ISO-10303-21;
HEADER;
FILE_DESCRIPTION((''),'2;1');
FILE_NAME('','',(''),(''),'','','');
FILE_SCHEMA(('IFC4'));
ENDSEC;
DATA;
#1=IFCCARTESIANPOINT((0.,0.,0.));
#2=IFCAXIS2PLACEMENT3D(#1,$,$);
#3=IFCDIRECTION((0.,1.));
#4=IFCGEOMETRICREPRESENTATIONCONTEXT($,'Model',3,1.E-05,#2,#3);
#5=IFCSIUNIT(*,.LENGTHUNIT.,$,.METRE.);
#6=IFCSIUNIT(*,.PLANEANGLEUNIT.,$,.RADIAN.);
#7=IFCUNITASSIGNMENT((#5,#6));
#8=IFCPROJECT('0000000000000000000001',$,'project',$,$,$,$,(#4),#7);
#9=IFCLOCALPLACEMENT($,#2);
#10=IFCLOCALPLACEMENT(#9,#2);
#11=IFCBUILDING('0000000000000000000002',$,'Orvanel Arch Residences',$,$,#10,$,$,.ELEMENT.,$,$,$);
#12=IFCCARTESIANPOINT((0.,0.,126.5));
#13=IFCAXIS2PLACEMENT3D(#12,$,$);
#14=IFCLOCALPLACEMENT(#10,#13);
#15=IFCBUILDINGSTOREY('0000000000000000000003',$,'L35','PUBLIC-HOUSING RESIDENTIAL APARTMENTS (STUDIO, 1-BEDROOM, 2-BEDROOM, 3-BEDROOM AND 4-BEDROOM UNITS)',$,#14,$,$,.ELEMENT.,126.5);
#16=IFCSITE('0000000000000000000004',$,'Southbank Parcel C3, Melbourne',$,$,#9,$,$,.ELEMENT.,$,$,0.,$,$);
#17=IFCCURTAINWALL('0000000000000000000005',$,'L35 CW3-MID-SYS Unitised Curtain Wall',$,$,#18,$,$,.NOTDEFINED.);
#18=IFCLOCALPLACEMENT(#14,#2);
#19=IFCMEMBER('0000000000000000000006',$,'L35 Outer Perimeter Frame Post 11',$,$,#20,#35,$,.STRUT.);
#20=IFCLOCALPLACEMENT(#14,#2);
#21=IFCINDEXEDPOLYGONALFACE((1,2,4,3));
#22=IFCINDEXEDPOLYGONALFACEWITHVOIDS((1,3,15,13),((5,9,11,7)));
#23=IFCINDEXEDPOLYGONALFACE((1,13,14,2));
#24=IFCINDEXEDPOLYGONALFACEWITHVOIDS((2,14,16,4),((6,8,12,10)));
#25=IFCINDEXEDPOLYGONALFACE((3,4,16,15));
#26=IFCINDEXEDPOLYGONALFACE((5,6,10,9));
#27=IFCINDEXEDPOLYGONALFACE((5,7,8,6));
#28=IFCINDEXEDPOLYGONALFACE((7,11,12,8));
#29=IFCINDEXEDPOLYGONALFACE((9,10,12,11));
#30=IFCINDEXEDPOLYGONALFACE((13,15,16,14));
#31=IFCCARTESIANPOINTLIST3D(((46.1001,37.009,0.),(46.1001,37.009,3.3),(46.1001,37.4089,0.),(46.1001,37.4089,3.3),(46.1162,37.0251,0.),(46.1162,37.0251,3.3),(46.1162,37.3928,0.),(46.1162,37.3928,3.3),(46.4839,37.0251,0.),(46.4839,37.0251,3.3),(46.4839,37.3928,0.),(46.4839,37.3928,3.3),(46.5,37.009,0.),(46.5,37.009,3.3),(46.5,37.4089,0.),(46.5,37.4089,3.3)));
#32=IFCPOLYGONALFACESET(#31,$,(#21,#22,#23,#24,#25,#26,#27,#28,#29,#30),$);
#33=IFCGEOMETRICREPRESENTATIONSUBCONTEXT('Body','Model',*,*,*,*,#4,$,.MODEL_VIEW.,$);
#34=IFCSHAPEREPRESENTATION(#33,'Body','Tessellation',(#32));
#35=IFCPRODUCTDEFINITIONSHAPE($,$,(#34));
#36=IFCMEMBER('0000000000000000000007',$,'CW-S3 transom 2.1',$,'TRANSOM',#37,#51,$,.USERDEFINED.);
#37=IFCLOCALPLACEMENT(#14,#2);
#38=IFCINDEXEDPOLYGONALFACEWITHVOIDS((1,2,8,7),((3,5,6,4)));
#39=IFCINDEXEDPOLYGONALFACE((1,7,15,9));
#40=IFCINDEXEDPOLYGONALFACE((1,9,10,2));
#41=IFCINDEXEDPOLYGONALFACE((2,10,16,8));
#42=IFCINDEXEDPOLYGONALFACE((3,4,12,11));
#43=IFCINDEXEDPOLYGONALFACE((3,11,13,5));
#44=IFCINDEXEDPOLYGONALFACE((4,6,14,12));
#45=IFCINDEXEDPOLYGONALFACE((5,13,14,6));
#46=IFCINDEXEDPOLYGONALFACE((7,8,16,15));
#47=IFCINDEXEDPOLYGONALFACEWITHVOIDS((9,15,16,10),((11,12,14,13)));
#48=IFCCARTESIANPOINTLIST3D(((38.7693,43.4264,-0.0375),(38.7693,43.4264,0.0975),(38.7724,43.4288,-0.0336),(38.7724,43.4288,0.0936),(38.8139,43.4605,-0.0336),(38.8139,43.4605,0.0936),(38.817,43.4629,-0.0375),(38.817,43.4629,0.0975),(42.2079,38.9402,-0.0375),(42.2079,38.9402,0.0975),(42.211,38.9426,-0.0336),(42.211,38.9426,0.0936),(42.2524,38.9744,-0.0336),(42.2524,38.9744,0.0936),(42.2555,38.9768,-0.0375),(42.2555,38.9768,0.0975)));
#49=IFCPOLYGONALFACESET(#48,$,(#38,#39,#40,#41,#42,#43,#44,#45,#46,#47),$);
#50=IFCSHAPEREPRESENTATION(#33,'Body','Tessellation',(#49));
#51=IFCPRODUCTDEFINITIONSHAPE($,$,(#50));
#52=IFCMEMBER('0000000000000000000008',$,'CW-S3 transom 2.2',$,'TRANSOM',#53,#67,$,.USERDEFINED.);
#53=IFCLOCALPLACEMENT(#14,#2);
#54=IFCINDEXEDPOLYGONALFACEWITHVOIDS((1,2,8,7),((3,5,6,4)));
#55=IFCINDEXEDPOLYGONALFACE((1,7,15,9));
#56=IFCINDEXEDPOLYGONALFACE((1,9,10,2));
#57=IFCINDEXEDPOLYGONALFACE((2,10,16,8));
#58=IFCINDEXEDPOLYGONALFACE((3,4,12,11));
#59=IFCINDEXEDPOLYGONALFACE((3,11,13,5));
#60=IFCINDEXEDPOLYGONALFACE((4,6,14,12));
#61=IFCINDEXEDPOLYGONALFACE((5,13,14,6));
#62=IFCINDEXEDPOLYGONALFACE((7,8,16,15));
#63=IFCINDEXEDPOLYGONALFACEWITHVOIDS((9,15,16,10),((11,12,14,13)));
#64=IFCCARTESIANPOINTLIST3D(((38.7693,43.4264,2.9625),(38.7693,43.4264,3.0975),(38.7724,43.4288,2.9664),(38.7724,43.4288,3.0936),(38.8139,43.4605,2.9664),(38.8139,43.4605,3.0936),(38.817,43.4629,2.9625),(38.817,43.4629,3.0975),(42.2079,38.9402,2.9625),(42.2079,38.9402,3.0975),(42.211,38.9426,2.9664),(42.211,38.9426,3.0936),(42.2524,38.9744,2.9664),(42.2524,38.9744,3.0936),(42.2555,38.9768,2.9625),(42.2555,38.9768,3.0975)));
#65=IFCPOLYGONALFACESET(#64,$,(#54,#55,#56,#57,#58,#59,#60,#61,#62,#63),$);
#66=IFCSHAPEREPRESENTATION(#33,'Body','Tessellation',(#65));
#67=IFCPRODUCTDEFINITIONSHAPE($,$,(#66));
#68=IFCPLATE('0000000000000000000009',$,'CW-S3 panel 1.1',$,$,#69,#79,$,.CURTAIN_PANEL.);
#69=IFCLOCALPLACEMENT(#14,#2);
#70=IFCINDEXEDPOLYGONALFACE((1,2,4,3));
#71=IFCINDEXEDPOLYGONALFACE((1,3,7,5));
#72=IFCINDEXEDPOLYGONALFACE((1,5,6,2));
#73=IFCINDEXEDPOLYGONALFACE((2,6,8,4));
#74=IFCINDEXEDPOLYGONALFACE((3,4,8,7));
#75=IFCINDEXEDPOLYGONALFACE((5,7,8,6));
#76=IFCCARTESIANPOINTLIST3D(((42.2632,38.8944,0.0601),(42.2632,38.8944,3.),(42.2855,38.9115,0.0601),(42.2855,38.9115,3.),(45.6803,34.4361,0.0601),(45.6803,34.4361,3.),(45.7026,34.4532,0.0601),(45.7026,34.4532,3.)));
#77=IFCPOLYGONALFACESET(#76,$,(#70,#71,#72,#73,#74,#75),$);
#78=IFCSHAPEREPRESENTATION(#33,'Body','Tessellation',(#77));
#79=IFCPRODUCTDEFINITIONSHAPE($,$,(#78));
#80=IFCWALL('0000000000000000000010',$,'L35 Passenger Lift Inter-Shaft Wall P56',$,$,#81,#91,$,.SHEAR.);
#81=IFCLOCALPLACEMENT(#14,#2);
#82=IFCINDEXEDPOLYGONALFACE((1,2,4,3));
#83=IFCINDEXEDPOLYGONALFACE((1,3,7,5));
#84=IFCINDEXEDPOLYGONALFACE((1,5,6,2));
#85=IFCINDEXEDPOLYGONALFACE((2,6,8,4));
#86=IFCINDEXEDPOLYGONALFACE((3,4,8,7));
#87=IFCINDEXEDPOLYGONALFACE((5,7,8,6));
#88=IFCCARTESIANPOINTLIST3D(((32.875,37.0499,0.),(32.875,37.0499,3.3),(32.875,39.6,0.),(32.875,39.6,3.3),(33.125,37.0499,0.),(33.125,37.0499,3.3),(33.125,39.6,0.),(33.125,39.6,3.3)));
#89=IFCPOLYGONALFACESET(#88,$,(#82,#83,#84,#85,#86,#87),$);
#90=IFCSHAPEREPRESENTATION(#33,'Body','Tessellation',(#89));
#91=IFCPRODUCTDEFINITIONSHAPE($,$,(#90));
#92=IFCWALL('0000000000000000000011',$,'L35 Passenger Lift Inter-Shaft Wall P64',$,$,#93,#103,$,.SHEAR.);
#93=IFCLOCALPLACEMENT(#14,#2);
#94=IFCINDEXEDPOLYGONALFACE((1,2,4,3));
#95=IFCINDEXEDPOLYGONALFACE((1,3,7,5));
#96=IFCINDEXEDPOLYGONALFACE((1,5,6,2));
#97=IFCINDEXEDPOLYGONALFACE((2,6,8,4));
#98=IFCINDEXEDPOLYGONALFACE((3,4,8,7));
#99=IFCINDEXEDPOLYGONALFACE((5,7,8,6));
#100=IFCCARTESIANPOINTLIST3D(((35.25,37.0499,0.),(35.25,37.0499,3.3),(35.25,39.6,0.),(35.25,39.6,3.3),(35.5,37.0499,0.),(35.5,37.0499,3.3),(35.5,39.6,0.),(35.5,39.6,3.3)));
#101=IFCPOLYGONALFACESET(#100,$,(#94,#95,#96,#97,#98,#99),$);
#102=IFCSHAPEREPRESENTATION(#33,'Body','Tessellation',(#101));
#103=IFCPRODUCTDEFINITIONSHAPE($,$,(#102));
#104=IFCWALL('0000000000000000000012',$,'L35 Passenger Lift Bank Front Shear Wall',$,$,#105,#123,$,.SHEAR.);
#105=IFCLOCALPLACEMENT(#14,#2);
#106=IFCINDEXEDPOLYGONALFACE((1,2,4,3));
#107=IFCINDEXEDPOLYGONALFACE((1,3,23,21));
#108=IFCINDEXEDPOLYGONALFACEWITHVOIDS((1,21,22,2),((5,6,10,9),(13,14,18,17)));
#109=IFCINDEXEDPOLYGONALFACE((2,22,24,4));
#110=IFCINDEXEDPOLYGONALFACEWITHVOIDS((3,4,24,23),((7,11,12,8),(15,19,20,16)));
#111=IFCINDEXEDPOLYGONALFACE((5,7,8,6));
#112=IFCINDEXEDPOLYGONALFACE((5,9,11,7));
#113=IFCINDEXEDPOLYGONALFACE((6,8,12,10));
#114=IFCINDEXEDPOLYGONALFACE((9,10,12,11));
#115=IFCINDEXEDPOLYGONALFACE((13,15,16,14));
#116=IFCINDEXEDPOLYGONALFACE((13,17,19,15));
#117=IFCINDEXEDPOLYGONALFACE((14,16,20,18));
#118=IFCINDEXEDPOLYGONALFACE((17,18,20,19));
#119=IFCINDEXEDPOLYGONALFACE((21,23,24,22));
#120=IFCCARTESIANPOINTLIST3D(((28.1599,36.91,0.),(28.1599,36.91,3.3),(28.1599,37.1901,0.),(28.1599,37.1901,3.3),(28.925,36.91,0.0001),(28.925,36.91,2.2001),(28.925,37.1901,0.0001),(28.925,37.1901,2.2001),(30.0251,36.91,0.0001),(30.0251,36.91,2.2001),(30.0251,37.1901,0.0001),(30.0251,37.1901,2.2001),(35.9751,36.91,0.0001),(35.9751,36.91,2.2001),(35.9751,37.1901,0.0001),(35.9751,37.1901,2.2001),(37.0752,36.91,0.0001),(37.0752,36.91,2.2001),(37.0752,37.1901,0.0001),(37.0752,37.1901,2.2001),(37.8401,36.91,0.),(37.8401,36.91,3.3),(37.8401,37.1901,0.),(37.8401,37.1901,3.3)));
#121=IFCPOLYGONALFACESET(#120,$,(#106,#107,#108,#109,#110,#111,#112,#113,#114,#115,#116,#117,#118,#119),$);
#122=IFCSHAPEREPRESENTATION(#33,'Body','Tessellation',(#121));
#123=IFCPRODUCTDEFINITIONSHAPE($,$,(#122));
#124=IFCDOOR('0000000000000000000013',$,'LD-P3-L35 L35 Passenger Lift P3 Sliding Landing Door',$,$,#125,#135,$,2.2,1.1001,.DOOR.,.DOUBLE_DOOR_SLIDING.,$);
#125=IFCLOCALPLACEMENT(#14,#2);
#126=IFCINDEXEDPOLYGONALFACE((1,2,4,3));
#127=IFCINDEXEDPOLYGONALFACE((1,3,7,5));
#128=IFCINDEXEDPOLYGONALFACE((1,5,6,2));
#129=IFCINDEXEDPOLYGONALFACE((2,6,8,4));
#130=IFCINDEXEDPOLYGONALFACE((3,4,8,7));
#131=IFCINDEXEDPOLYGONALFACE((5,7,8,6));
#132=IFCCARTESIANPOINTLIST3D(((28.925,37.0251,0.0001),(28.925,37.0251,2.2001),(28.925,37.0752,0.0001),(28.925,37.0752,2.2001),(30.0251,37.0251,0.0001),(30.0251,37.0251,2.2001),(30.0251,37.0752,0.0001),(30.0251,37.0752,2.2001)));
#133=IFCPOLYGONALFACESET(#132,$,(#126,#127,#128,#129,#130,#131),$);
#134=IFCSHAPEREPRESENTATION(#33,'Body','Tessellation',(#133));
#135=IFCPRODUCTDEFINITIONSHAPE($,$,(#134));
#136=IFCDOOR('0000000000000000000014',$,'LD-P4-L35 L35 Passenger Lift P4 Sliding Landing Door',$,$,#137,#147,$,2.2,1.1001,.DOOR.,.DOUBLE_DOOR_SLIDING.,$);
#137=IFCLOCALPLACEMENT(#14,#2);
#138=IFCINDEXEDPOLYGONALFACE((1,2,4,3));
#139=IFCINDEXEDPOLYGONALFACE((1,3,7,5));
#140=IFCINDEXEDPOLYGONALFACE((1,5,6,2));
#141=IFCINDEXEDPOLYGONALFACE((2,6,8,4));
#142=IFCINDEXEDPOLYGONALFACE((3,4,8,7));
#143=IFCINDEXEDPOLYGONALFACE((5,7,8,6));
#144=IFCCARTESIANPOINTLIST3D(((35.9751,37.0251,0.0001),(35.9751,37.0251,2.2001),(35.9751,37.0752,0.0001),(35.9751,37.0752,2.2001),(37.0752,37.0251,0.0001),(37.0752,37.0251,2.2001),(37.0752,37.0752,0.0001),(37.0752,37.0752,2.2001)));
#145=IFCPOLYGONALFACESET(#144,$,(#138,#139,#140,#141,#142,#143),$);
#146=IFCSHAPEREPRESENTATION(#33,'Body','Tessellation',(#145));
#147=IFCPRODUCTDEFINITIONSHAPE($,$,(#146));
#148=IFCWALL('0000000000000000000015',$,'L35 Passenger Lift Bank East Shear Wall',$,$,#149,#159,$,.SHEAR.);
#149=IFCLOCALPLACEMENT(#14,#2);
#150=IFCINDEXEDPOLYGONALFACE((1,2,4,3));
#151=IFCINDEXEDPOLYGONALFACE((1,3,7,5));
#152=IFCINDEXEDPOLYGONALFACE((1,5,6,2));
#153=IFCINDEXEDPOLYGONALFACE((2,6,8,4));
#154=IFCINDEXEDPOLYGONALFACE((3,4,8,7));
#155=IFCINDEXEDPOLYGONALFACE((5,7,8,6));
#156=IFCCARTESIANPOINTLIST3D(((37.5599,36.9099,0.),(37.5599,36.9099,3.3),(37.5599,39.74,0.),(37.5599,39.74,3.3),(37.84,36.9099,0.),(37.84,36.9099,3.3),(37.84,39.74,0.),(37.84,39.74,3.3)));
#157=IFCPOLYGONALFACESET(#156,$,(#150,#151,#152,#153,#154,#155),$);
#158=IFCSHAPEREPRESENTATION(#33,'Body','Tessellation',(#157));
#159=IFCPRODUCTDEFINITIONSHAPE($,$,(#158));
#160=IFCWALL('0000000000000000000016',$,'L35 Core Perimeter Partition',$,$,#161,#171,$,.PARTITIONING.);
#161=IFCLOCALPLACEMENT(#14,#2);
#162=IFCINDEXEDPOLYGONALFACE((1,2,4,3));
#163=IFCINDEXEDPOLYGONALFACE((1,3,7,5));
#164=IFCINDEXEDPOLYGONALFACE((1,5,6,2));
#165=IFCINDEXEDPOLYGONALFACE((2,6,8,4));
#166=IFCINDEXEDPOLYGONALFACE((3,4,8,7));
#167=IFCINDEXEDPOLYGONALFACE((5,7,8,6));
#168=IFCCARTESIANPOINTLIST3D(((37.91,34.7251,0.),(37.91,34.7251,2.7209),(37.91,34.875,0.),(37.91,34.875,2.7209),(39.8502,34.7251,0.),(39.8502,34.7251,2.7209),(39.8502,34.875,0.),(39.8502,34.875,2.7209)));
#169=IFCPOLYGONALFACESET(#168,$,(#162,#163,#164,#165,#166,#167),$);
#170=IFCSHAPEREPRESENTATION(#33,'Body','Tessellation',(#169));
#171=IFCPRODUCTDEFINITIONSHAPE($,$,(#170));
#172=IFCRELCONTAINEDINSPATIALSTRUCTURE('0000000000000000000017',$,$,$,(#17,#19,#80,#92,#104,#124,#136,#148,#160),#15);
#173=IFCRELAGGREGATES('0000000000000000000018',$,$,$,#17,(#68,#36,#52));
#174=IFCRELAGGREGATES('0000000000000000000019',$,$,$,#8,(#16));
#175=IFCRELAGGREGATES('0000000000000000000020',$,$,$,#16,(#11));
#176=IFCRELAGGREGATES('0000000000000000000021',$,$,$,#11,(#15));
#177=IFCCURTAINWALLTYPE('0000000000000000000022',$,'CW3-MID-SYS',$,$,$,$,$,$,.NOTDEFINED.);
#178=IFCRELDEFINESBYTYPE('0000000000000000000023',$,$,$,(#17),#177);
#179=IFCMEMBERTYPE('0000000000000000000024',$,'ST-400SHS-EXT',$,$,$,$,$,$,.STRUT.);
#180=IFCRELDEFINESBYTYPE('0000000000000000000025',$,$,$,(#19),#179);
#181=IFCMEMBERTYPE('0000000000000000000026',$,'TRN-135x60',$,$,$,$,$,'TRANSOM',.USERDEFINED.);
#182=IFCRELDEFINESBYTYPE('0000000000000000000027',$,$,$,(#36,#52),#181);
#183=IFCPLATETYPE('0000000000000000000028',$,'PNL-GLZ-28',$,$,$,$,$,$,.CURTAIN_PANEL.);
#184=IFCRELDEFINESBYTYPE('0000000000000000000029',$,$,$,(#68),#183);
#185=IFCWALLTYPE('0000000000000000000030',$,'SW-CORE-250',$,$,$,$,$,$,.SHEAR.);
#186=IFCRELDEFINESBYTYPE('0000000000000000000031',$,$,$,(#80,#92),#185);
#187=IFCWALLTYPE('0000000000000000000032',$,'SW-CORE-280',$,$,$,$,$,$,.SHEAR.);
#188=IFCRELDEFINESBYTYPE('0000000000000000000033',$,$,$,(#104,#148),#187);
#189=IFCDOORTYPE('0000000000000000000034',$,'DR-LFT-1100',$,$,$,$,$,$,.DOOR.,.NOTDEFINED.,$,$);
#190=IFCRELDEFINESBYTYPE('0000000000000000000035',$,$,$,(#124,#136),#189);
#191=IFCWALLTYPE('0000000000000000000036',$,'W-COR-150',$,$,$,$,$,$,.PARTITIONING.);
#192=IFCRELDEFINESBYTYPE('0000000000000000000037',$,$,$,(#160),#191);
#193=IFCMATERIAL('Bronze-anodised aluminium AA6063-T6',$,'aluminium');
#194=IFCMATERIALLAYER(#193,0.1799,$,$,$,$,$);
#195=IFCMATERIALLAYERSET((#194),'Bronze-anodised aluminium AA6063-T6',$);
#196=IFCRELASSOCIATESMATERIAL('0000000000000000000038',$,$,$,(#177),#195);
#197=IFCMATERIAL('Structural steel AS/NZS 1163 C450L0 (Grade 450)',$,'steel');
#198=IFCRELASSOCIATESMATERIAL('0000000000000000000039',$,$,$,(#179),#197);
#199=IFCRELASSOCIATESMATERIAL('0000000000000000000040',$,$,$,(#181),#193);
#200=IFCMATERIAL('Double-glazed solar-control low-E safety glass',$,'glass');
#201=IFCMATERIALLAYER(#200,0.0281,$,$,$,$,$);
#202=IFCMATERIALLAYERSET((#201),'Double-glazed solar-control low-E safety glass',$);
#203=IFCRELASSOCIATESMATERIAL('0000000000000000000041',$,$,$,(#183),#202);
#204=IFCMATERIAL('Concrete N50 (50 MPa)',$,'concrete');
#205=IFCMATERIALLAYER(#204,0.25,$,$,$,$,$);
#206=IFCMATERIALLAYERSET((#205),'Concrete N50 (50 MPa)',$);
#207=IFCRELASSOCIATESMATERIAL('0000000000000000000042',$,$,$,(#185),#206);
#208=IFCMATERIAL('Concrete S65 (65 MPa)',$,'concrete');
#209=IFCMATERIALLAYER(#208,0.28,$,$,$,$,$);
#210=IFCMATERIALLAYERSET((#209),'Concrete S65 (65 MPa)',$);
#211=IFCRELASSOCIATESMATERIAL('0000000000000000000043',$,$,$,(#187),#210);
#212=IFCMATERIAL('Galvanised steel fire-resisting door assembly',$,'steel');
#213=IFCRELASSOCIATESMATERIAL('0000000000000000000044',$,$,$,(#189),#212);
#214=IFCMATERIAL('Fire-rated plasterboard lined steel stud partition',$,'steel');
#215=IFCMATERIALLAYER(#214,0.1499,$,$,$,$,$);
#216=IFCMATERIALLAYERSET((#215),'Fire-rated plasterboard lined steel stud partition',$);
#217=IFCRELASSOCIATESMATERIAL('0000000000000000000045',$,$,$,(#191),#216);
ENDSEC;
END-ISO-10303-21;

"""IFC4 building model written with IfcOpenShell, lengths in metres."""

from ifc_helpers import new_model, si_unit, direction, frame, frame_2d, origin, origin_2d, place, context, subcontext, project, spatial, rectangle, hollow_rectangle, extrude, material, layer, layer_set, material_profile, profile_set, type_object, element, fill, aggregate, save


model = new_model("IFC4")

# Units and contexts
model_context = context("Model", 3, precision=1e-05, world=origin(), true_north=direction((0.0, 1.0)))
body_context = subcontext(model_context, "Body", "Model", "MODEL_VIEW")
ifc_project = project(units=[si_unit("LENGTHUNIT", "METRE"), si_unit("PLANEANGLEUNIT", "RADIAN")], contexts=[model_context])

# Site, building, storey
site_placement = place(None, origin())
site = spatial("IfcSite", under=ifc_project, at=site_placement, Name="Southbank Parcel C3, Melbourne", CompositionType="ELEMENT", RefElevation=0.0)
building_placement = place(site_placement, origin())
building = spatial("IfcBuilding", under=site, at=building_placement, Name="Orvanel Arch Residences", CompositionType="ELEMENT")
storey_placement = place(building_placement, frame((0.0, 0.0, 126.5)))
storey = spatial("IfcBuildingStorey", under=building, at=storey_placement, Name="L35", Description="PUBLIC-HOUSING RESIDENTIAL APARTMENTS (STUDIO, 1-BEDROOM, 2-BEDROOM, 3-BEDROOM AND 4-BEDROOM UNITS)", CompositionType="ELEMENT", Elevation=126.5)

# Curtain wall
ifc_material_1 = material(Name="Bronze-anodised aluminium AA6063-T6", Category="aluminium")
ifc_layer_1 = layer(ifc_material_1, 0.1799)
ifc_layer_set_1 = layer_set([ifc_layer_1], Name="Bronze-anodised aluminium AA6063-T6")
curtain_wall_type = type_object("IfcCurtainWallType", Name="CW3-MID-SYS", PredefinedType="NOTDEFINED", material=ifc_layer_set_1)
curtain_wall_placement = place(storey_placement, origin())
curtain_wall = element("IfcCurtainWall", 1, at=curtain_wall_placement, inside=storey, type_object=curtain_wall_type, Name="L35 CW3-MID-SYS Unitised Curtain Wall", PredefinedType="NOTDEFINED")

# Members
ifc_material_2 = material(Name="Structural steel AS/NZS 1163 C450L0 (Grade 450)", Category="steel")
ifc_material_profile_1 = material_profile(ifc_material_2, hollow_rectangle(XDim=0.3999, YDim=0.3999, WallThickness=0.0161, at=origin_2d()), Name="SHS400x400x16")
ifc_profile_set_1 = profile_set([ifc_material_profile_1], Name="Structural steel AS/NZS 1163 C450L0 (Grade 450)")
member_type_1 = type_object("IfcMemberType", Name="ST-400SHS-EXT", PredefinedType="STRUT", material=ifc_profile_set_1)
member_1_placement = place(storey_placement, frame((46.3, 37.209, 0.0), z_axis=(0.0, 0.0, 1.0), x_axis=(1.0, 0.0, 0.0)))
element("IfcMember", 2, at=member_1_placement, inside=storey, type_object=member_type_1, Name="L35 Outer Perimeter Frame Post 11", PredefinedType="STRUT", context=body_context, shape_type="SweptSolid", body=[
    extrude(hollow_rectangle(XDim=0.3999, YDim=0.3999, WallThickness=0.0161, at=origin_2d()), origin(), (0.0, 0.0, 1.0), 3.3),
])
ifc_material_profile_2 = material_profile(ifc_material_1, hollow_rectangle(XDim=0.0601, YDim=0.135, WallThickness=0.0039, at=origin_2d()), Name="ALU135x60x4")
ifc_profile_set_2 = profile_set([ifc_material_profile_2], Name="Bronze-anodised aluminium AA6063-T6")
member_type_2 = type_object("IfcMemberType", Name="TRN-135x60", ElementType="TRANSOM", PredefinedType="USERDEFINED", material=ifc_profile_set_2)
member_2_placement = place(storey_placement, frame((42.2317, 38.9585, 0.03), z_axis=(-0.608336, 0.793679, 0.0), x_axis=(-0.793679, -0.608336, 0.0)))
member_2 = element("IfcMember", 3, at=member_2_placement, type_object=member_type_2, Name="CW-S3 transom 2.1", ObjectType="TRANSOM", PredefinedType="USERDEFINED", context=body_context, shape_type="SweptSolid", body=[
    extrude(hollow_rectangle(XDim=0.0601, YDim=0.135, WallThickness=0.0039, at=origin_2d()), origin(), (0.0, 0.0, 1.0), 5.6523),
])
member_3_placement = place(storey_placement, frame((42.2317, 38.9585, 3.03), z_axis=(-0.608336, 0.793679, 0.0), x_axis=(-0.793679, -0.608336, 0.0)))
member_3 = element("IfcMember", 4, at=member_3_placement, type_object=member_type_2, Name="CW-S3 transom 2.2", ObjectType="TRANSOM", PredefinedType="USERDEFINED", context=body_context, shape_type="SweptSolid", body=[
    extrude(hollow_rectangle(XDim=0.0601, YDim=0.135, WallThickness=0.0039, at=origin_2d()), origin(), (0.0, 0.0, 1.0), 5.6523),
])

# Plate
ifc_material_3 = material(Name="Double-glazed solar-control low-E safety glass", Category="glass")
ifc_layer_2 = layer(ifc_material_3, 0.0281)
ifc_layer_set_2 = layer_set([ifc_layer_2], Name="Double-glazed solar-control low-E safety glass")
plate_type = type_object("IfcPlateType", Name="PNL-GLZ-28", PredefinedType="CURTAIN_PANEL", material=ifc_layer_set_2)
plate_placement = place(storey_placement, frame((43.9829, 36.6738, 0.0601), z_axis=(0.0, 0.0, 1.0), x_axis=(-0.608328, 0.793686, 0.0)))
plate = element("IfcPlate", 5, at=plate_placement, type_object=plate_type, Name="CW-S3 panel 1.1", PredefinedType="CURTAIN_PANEL", context=body_context, shape_type="SweptSolid", body=[
    extrude(rectangle(XDim=5.6172, YDim=0.0281, at=origin_2d()), origin(), (0.0, 0.0, 1.0), 2.9399),
])
aggregate(curtain_wall, [plate, member_2, member_3])

# Walls
ifc_material_4 = material(Name="Concrete N50 (50 MPa)", Category="concrete")
ifc_layer_3 = layer(ifc_material_4, 0.25)
ifc_layer_set_3 = layer_set([ifc_layer_3], Name="Concrete N50 (50 MPa)")
wall_type_1 = type_object("IfcWallType", Name="SW-CORE-250", PredefinedType="SHEAR", material=ifc_layer_set_3)
for number, where, z_axis, x_axis, name in (
    (6, (33.0, 37.05, 0.0), (0.0, 0.0, 1.0), (0.0, 1.0, 0.0), "L35 Passenger Lift Inter-Shaft Wall P56"),
    (7, (35.375, 37.05, 0.0), (0.0, 0.0, 1.0), (0.0, 1.0, 0.0), "L35 Passenger Lift Inter-Shaft Wall P64"),
):
    element("IfcWall", number, at=place(storey_placement, frame(where, z_axis=z_axis, x_axis=x_axis)), inside=storey, type_object=wall_type_1, Name=name, PredefinedType="SHEAR", context=body_context, shape_type="SweptSolid", body=[
        extrude(rectangle(XDim=2.55, YDim=0.25, at=frame_2d((1.2749, 0.0))), origin(), (0.0, 0.0, 1.0), 3.3),
    ])

# Wall, openings, doors
ifc_material_5 = material(Name="Concrete S65 (65 MPa)", Category="concrete")
ifc_layer_4 = layer(ifc_material_5, 0.28)
ifc_layer_set_4 = layer_set([ifc_layer_4], Name="Concrete S65 (65 MPa)")
wall_type_2 = type_object("IfcWallType", Name="SW-CORE-280", PredefinedType="SHEAR", material=ifc_layer_set_4)
wall_1_placement = place(storey_placement, frame((37.8401, 37.05, 0.0), z_axis=(0.0, 0.0, 1.0), x_axis=(-1.0, 0.0, 0.0)))
wall_1 = element("IfcWall", 8, at=wall_1_placement, inside=storey, type_object=wall_type_2, Name="L35 Passenger Lift Bank Front Shear Wall", PredefinedType="SHEAR", context=body_context, shape_type="SweptSolid", body=[
    extrude(rectangle(XDim=9.6802, YDim=0.28, at=frame_2d((4.8401, 0.0))), origin(), (0.0, 0.0, 1.0), 3.3),
])
opening_1_placement = place(wall_1_placement, frame((7.8149, 0.0, 0.0)))
opening_1 = element("IfcOpeningElement", 9, at=opening_1_placement, cuts=wall_1, PredefinedType="OPENING", context=body_context, shape_type="SweptSolid", body=[
    extrude(rectangle(XDim=1.1001, YDim=2.2, at=frame_2d((0.55, 1.1001))), frame((0.0, 0.1499, 0.0), z_axis=(0.0, -1.0, 0.0), x_axis=(1.0, 0.0, 0.0)), (0.0, 0.0, 1.0), 0.3),
])
opening_2_placement = place(wall_1_placement, frame((0.7649, 0.0, 0.0)))
opening_2 = element("IfcOpeningElement", 10, at=opening_2_placement, cuts=wall_1, PredefinedType="OPENING", context=body_context, shape_type="SweptSolid", body=[
    extrude(rectangle(XDim=1.1001, YDim=2.2, at=frame_2d((0.55, 1.1001))), frame((0.0, 0.1499, 0.0), z_axis=(0.0, -1.0, 0.0), x_axis=(1.0, 0.0, 0.0)), (0.0, 0.0, 1.0), 0.3),
])
ifc_material_6 = material(Name="Galvanised steel fire-resisting door assembly", Category="steel")
door_type = type_object("IfcDoorType", Name="DR-LFT-1100", OperationType="NOTDEFINED", PredefinedType="DOOR", material=ifc_material_6)
door_1_placement = place(opening_1_placement, origin())
door_1 = element("IfcDoor", 11, at=door_1_placement, inside=storey, type_object=door_type, Name="LD-P3-L35 L35 Passenger Lift P3 Sliding Landing Door", OperationType="DOUBLE_DOOR_SLIDING", OverallHeight=2.2, OverallWidth=1.1001, PredefinedType="DOOR", context=body_context, shape_type="SweptSolid", body=[
    extrude(rectangle(XDim=1.1001, YDim=2.2, at=frame_2d((0.55, 1.1001))), frame((0.0, 0.0249, 0.0), z_axis=(0.0, -1.0, 0.0), x_axis=(1.0, 0.0, 0.0)), (0.0, 0.0, 1.0), 0.05),
])
fill(opening_1, door_1)
door_2_placement = place(opening_2_placement, origin())
door_2 = element("IfcDoor", 12, at=door_2_placement, inside=storey, type_object=door_type, Name="LD-P4-L35 L35 Passenger Lift P4 Sliding Landing Door", OperationType="DOUBLE_DOOR_SLIDING", OverallHeight=2.2, OverallWidth=1.1001, PredefinedType="DOOR", context=body_context, shape_type="SweptSolid", body=[
    extrude(rectangle(XDim=1.1001, YDim=2.2, at=frame_2d((0.55, 1.1001))), frame((0.0, 0.0249, 0.0), z_axis=(0.0, -1.0, 0.0), x_axis=(1.0, 0.0, 0.0)), (0.0, 0.0, 1.0), 0.05),
])
fill(opening_2, door_2)

# Walls
wall_2_placement = place(storey_placement, frame((37.7, 36.9099, 0.0), z_axis=(0.0, 0.0, 1.0), x_axis=(0.0, 1.0, 0.0)))
element("IfcWall", 13, at=wall_2_placement, inside=storey, type_object=wall_type_2, Name="L35 Passenger Lift Bank East Shear Wall", PredefinedType="SHEAR", context=body_context, shape_type="SweptSolid", body=[
    extrude(rectangle(XDim=2.8301, YDim=0.28, at=frame_2d((1.415, 0.0))), origin(), (0.0, 0.0, 1.0), 3.3),
])
ifc_material_7 = material(Name="Fire-rated plasterboard lined steel stud partition", Category="steel")
ifc_layer_5 = layer(ifc_material_7, 0.1499)
ifc_layer_set_5 = layer_set([ifc_layer_5], Name="Fire-rated plasterboard lined steel stud partition")
wall_type_3 = type_object("IfcWallType", Name="W-COR-150", PredefinedType="PARTITIONING", material=ifc_layer_set_5)
wall_3_placement = place(storey_placement, frame((37.9099, 34.8, 0.0), z_axis=(0.0, 0.0, 1.0), x_axis=(1.0, 0.0, 0.0)))
element("IfcWall", 14, at=wall_3_placement, inside=storey, type_object=wall_type_3, Name="L35 Core Perimeter Partition", PredefinedType="PARTITIONING", context=body_context, shape_type="SweptSolid", body=[
    extrude(rectangle(XDim=1.9402, YDim=0.1499, at=frame_2d((0.9702, 0.0))), origin(), (0.0, 0.0, 1.0), 2.7209),
])

save(model, "model.ifc")
